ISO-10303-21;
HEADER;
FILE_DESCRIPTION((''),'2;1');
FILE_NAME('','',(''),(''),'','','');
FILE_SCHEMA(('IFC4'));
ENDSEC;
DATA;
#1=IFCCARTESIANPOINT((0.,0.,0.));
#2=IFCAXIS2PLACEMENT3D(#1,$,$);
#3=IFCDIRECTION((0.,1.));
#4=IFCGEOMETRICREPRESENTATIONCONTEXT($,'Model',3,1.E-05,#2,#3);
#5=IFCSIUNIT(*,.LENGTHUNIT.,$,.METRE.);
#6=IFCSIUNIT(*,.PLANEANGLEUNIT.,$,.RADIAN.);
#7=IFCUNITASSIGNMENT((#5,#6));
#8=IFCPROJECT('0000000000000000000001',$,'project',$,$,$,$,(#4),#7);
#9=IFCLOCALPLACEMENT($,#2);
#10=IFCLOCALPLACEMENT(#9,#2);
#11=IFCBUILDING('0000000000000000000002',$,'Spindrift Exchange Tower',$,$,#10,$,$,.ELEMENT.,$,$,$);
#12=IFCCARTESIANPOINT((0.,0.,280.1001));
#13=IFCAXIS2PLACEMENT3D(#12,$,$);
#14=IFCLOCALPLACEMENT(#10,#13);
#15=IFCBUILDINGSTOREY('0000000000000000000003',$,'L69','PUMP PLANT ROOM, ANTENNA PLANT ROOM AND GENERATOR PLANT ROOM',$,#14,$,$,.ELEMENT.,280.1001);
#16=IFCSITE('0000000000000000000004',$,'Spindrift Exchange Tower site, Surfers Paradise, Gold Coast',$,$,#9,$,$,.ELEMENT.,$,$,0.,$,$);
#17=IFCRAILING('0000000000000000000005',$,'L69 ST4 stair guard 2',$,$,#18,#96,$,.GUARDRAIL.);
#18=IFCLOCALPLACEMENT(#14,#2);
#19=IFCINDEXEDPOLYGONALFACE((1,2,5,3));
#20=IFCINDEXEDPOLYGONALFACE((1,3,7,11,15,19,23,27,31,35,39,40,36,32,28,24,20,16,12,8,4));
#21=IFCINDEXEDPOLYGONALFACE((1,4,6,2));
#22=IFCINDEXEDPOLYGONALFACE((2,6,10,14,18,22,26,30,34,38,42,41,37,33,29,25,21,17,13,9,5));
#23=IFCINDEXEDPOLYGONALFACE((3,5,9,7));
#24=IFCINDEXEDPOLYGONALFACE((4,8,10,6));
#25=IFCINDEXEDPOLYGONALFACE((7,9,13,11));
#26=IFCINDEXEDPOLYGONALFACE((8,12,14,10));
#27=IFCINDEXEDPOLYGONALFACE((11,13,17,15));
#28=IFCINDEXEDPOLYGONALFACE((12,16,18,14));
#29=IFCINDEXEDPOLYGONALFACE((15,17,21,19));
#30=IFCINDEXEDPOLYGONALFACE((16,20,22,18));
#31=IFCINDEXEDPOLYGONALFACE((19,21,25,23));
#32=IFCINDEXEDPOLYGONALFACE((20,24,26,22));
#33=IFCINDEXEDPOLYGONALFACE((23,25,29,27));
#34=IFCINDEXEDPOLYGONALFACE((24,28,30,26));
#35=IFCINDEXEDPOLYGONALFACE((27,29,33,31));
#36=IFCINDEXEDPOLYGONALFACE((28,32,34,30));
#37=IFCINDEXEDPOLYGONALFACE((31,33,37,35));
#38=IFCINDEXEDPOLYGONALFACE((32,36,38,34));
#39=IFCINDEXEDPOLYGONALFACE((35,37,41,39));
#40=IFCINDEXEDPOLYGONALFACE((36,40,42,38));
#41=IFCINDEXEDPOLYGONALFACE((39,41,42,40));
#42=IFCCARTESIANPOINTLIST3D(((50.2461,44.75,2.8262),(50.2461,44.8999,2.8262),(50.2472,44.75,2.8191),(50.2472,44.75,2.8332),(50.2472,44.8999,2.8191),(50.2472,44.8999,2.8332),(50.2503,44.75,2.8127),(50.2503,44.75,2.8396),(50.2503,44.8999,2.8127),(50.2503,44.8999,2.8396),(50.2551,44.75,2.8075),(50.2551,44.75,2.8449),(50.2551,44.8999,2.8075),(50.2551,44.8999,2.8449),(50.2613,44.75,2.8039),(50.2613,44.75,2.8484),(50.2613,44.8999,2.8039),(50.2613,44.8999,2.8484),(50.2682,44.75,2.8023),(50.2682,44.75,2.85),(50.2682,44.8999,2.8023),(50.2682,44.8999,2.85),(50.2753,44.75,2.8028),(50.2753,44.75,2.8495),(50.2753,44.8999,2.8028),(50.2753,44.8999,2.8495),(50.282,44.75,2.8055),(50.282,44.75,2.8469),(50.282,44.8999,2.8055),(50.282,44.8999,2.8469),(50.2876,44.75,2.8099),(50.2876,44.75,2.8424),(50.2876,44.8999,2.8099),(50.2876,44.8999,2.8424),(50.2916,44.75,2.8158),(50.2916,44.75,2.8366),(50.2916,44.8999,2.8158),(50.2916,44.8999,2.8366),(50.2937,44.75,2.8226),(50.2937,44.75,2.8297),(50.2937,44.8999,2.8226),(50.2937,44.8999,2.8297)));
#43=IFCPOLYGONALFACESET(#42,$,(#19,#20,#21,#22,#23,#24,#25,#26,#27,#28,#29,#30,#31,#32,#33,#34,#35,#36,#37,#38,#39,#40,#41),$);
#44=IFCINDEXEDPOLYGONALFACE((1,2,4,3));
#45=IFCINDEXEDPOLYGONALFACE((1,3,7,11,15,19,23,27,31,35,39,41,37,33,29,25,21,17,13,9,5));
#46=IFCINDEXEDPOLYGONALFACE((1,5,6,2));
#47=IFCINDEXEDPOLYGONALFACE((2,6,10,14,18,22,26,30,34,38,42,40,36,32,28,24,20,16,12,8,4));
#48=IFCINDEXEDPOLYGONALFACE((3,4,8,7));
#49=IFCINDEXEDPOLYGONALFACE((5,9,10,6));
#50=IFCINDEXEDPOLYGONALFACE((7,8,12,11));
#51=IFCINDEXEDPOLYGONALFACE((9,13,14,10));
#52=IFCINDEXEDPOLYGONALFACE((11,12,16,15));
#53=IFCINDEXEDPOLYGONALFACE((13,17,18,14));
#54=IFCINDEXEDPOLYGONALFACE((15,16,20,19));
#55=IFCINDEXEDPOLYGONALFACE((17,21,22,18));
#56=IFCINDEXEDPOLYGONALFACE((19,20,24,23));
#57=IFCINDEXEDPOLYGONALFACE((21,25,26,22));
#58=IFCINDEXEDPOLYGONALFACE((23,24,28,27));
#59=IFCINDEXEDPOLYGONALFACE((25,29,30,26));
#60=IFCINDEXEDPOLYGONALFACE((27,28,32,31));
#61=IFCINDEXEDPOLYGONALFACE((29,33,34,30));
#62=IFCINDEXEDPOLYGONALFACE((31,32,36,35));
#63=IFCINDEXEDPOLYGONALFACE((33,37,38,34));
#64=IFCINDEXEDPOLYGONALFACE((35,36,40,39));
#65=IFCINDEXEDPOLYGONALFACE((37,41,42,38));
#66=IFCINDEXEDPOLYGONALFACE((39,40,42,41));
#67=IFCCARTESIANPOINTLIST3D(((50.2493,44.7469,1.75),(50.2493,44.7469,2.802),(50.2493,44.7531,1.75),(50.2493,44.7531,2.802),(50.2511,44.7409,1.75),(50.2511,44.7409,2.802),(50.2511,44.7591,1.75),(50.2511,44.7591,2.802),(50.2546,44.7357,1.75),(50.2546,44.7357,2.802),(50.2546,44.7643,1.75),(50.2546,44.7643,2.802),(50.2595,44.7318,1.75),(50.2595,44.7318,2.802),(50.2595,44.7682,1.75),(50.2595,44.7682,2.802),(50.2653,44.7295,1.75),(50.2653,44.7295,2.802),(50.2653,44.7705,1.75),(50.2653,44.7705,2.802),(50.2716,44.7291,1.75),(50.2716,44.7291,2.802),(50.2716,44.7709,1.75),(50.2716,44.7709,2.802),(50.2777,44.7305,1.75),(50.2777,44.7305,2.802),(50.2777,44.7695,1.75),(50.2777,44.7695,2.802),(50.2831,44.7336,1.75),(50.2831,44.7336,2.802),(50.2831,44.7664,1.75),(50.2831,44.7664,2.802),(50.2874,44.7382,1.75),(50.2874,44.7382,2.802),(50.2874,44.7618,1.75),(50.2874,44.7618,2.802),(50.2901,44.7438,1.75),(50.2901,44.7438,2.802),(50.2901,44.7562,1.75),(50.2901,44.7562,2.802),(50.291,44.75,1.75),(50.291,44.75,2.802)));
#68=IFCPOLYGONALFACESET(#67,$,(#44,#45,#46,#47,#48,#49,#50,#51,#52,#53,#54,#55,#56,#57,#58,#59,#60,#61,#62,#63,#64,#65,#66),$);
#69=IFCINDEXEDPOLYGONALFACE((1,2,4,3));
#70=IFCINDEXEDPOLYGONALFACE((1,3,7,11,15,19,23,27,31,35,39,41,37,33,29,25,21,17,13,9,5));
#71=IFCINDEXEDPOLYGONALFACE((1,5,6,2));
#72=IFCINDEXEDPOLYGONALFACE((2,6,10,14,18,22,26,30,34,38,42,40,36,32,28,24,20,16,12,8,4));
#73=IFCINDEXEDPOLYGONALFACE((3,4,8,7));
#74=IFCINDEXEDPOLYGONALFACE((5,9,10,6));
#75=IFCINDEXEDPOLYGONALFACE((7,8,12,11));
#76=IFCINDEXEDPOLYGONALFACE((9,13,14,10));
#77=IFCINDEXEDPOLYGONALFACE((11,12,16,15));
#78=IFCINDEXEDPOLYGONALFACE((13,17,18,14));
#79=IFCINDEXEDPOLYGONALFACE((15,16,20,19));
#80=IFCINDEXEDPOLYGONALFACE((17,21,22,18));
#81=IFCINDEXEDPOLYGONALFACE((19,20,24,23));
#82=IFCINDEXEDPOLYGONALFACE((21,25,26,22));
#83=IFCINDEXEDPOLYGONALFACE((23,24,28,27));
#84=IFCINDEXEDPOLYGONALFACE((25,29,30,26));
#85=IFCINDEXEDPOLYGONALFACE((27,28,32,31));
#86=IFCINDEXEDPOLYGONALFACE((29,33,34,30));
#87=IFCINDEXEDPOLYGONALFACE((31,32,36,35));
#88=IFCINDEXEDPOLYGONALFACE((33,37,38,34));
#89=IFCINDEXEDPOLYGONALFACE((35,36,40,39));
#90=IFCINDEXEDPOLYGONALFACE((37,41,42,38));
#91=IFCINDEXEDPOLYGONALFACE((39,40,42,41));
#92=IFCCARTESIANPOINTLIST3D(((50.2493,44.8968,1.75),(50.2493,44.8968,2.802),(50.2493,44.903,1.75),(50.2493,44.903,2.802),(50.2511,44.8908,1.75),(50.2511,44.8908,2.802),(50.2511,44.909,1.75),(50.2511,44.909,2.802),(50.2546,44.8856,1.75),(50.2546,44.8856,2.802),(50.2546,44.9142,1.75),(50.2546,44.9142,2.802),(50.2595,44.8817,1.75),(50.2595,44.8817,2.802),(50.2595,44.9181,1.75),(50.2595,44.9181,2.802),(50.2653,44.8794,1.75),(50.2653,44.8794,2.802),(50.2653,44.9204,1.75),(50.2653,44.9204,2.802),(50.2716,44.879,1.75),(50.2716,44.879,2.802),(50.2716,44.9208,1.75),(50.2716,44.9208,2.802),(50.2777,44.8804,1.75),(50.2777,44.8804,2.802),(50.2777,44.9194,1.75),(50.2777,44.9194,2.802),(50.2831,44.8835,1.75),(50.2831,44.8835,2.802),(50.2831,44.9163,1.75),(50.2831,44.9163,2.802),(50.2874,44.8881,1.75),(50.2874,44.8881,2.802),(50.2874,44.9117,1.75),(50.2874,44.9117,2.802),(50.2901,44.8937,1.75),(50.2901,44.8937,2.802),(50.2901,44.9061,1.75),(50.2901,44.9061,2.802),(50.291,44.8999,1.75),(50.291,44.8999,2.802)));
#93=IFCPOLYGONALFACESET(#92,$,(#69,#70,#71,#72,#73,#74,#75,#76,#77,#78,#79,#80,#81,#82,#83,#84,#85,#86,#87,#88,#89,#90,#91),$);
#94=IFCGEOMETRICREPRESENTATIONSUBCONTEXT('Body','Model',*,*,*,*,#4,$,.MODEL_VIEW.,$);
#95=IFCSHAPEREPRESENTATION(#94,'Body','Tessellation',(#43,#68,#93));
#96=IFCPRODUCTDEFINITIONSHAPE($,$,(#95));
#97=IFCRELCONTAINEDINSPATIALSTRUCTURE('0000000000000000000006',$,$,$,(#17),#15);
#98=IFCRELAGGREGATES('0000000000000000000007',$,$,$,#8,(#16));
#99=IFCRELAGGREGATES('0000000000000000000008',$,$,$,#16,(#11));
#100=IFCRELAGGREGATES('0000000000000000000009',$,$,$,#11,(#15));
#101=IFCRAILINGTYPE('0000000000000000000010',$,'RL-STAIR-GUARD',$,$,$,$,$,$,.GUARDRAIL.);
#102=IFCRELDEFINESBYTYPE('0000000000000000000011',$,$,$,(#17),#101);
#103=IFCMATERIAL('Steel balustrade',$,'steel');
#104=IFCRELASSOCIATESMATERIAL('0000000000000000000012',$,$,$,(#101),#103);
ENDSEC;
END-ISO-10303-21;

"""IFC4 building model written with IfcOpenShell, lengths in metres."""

from ifc_helpers import new_model, si_unit, direction, frame, origin, origin_2d, place, context, subcontext, project, spatial, circle, extrude, material, type_object, element, save


model = new_model("IFC4")

# Units and contexts
model_context = context("Model", 3, precision=1e-05, world=origin(), true_north=direction((0.0, 1.0)))
body_context = subcontext(model_context, "Body", "Model", "MODEL_VIEW")
ifc_project = project(units=[si_unit("LENGTHUNIT", "METRE"), si_unit("PLANEANGLEUNIT", "RADIAN")], contexts=[model_context])

# Site, building, storey
site_placement = place(None, origin())
site = spatial("IfcSite", under=ifc_project, at=site_placement, Name="Spindrift Exchange Tower site, Surfers Paradise, Gold Coast", CompositionType="ELEMENT", RefElevation=0.0)
building_placement = place(site_placement, origin())
building = spatial("IfcBuilding", under=site, at=building_placement, Name="Spindrift Exchange Tower", CompositionType="ELEMENT")
storey_placement = place(building_placement, frame((0.0, 0.0, 280.1001)))
storey = spatial("IfcBuildingStorey", under=building, at=storey_placement, Name="L69", Description="PUMP PLANT ROOM, ANTENNA PLANT ROOM AND GENERATOR PLANT ROOM", CompositionType="ELEMENT", Elevation=280.1001)

# Railing
ifc_material_1 = material(Name="Steel balustrade", Category="steel")
railing_type_1 = type_object("IfcRailingType", Name="RL-STAIR-GUARD", PredefinedType="GUARDRAIL", material=ifc_material_1)
railing_1_placement = place(storey_placement, frame((50.27, 44.75, 1.75)))
element("IfcRailing", 1, at=railing_1_placement, inside=storey, type_object=railing_type_1, Name="L69 ST4 stair guard 2", PredefinedType="GUARDRAIL", context=body_context, shape_type="SweptSolid", body=[
    extrude(circle(Radius=0.0239, at=origin_2d()), frame((0.0, 0.0, 1.0762), z_axis=(0.0, 1.0, 0.0), x_axis=(-1.0, 0.0, 0.0)), (0.0, 0.0, 1.0), 0.1499),
    extrude(circle(Radius=0.021, at=origin_2d()), origin(), (0.0, 0.0, 1.0), 1.052),
    extrude(circle(Radius=0.021, at=origin_2d()), frame((0.0, 0.1499, 0.0)), (0.0, 0.0, 1.0), 1.052),
])

save(model, "model.ifc")
